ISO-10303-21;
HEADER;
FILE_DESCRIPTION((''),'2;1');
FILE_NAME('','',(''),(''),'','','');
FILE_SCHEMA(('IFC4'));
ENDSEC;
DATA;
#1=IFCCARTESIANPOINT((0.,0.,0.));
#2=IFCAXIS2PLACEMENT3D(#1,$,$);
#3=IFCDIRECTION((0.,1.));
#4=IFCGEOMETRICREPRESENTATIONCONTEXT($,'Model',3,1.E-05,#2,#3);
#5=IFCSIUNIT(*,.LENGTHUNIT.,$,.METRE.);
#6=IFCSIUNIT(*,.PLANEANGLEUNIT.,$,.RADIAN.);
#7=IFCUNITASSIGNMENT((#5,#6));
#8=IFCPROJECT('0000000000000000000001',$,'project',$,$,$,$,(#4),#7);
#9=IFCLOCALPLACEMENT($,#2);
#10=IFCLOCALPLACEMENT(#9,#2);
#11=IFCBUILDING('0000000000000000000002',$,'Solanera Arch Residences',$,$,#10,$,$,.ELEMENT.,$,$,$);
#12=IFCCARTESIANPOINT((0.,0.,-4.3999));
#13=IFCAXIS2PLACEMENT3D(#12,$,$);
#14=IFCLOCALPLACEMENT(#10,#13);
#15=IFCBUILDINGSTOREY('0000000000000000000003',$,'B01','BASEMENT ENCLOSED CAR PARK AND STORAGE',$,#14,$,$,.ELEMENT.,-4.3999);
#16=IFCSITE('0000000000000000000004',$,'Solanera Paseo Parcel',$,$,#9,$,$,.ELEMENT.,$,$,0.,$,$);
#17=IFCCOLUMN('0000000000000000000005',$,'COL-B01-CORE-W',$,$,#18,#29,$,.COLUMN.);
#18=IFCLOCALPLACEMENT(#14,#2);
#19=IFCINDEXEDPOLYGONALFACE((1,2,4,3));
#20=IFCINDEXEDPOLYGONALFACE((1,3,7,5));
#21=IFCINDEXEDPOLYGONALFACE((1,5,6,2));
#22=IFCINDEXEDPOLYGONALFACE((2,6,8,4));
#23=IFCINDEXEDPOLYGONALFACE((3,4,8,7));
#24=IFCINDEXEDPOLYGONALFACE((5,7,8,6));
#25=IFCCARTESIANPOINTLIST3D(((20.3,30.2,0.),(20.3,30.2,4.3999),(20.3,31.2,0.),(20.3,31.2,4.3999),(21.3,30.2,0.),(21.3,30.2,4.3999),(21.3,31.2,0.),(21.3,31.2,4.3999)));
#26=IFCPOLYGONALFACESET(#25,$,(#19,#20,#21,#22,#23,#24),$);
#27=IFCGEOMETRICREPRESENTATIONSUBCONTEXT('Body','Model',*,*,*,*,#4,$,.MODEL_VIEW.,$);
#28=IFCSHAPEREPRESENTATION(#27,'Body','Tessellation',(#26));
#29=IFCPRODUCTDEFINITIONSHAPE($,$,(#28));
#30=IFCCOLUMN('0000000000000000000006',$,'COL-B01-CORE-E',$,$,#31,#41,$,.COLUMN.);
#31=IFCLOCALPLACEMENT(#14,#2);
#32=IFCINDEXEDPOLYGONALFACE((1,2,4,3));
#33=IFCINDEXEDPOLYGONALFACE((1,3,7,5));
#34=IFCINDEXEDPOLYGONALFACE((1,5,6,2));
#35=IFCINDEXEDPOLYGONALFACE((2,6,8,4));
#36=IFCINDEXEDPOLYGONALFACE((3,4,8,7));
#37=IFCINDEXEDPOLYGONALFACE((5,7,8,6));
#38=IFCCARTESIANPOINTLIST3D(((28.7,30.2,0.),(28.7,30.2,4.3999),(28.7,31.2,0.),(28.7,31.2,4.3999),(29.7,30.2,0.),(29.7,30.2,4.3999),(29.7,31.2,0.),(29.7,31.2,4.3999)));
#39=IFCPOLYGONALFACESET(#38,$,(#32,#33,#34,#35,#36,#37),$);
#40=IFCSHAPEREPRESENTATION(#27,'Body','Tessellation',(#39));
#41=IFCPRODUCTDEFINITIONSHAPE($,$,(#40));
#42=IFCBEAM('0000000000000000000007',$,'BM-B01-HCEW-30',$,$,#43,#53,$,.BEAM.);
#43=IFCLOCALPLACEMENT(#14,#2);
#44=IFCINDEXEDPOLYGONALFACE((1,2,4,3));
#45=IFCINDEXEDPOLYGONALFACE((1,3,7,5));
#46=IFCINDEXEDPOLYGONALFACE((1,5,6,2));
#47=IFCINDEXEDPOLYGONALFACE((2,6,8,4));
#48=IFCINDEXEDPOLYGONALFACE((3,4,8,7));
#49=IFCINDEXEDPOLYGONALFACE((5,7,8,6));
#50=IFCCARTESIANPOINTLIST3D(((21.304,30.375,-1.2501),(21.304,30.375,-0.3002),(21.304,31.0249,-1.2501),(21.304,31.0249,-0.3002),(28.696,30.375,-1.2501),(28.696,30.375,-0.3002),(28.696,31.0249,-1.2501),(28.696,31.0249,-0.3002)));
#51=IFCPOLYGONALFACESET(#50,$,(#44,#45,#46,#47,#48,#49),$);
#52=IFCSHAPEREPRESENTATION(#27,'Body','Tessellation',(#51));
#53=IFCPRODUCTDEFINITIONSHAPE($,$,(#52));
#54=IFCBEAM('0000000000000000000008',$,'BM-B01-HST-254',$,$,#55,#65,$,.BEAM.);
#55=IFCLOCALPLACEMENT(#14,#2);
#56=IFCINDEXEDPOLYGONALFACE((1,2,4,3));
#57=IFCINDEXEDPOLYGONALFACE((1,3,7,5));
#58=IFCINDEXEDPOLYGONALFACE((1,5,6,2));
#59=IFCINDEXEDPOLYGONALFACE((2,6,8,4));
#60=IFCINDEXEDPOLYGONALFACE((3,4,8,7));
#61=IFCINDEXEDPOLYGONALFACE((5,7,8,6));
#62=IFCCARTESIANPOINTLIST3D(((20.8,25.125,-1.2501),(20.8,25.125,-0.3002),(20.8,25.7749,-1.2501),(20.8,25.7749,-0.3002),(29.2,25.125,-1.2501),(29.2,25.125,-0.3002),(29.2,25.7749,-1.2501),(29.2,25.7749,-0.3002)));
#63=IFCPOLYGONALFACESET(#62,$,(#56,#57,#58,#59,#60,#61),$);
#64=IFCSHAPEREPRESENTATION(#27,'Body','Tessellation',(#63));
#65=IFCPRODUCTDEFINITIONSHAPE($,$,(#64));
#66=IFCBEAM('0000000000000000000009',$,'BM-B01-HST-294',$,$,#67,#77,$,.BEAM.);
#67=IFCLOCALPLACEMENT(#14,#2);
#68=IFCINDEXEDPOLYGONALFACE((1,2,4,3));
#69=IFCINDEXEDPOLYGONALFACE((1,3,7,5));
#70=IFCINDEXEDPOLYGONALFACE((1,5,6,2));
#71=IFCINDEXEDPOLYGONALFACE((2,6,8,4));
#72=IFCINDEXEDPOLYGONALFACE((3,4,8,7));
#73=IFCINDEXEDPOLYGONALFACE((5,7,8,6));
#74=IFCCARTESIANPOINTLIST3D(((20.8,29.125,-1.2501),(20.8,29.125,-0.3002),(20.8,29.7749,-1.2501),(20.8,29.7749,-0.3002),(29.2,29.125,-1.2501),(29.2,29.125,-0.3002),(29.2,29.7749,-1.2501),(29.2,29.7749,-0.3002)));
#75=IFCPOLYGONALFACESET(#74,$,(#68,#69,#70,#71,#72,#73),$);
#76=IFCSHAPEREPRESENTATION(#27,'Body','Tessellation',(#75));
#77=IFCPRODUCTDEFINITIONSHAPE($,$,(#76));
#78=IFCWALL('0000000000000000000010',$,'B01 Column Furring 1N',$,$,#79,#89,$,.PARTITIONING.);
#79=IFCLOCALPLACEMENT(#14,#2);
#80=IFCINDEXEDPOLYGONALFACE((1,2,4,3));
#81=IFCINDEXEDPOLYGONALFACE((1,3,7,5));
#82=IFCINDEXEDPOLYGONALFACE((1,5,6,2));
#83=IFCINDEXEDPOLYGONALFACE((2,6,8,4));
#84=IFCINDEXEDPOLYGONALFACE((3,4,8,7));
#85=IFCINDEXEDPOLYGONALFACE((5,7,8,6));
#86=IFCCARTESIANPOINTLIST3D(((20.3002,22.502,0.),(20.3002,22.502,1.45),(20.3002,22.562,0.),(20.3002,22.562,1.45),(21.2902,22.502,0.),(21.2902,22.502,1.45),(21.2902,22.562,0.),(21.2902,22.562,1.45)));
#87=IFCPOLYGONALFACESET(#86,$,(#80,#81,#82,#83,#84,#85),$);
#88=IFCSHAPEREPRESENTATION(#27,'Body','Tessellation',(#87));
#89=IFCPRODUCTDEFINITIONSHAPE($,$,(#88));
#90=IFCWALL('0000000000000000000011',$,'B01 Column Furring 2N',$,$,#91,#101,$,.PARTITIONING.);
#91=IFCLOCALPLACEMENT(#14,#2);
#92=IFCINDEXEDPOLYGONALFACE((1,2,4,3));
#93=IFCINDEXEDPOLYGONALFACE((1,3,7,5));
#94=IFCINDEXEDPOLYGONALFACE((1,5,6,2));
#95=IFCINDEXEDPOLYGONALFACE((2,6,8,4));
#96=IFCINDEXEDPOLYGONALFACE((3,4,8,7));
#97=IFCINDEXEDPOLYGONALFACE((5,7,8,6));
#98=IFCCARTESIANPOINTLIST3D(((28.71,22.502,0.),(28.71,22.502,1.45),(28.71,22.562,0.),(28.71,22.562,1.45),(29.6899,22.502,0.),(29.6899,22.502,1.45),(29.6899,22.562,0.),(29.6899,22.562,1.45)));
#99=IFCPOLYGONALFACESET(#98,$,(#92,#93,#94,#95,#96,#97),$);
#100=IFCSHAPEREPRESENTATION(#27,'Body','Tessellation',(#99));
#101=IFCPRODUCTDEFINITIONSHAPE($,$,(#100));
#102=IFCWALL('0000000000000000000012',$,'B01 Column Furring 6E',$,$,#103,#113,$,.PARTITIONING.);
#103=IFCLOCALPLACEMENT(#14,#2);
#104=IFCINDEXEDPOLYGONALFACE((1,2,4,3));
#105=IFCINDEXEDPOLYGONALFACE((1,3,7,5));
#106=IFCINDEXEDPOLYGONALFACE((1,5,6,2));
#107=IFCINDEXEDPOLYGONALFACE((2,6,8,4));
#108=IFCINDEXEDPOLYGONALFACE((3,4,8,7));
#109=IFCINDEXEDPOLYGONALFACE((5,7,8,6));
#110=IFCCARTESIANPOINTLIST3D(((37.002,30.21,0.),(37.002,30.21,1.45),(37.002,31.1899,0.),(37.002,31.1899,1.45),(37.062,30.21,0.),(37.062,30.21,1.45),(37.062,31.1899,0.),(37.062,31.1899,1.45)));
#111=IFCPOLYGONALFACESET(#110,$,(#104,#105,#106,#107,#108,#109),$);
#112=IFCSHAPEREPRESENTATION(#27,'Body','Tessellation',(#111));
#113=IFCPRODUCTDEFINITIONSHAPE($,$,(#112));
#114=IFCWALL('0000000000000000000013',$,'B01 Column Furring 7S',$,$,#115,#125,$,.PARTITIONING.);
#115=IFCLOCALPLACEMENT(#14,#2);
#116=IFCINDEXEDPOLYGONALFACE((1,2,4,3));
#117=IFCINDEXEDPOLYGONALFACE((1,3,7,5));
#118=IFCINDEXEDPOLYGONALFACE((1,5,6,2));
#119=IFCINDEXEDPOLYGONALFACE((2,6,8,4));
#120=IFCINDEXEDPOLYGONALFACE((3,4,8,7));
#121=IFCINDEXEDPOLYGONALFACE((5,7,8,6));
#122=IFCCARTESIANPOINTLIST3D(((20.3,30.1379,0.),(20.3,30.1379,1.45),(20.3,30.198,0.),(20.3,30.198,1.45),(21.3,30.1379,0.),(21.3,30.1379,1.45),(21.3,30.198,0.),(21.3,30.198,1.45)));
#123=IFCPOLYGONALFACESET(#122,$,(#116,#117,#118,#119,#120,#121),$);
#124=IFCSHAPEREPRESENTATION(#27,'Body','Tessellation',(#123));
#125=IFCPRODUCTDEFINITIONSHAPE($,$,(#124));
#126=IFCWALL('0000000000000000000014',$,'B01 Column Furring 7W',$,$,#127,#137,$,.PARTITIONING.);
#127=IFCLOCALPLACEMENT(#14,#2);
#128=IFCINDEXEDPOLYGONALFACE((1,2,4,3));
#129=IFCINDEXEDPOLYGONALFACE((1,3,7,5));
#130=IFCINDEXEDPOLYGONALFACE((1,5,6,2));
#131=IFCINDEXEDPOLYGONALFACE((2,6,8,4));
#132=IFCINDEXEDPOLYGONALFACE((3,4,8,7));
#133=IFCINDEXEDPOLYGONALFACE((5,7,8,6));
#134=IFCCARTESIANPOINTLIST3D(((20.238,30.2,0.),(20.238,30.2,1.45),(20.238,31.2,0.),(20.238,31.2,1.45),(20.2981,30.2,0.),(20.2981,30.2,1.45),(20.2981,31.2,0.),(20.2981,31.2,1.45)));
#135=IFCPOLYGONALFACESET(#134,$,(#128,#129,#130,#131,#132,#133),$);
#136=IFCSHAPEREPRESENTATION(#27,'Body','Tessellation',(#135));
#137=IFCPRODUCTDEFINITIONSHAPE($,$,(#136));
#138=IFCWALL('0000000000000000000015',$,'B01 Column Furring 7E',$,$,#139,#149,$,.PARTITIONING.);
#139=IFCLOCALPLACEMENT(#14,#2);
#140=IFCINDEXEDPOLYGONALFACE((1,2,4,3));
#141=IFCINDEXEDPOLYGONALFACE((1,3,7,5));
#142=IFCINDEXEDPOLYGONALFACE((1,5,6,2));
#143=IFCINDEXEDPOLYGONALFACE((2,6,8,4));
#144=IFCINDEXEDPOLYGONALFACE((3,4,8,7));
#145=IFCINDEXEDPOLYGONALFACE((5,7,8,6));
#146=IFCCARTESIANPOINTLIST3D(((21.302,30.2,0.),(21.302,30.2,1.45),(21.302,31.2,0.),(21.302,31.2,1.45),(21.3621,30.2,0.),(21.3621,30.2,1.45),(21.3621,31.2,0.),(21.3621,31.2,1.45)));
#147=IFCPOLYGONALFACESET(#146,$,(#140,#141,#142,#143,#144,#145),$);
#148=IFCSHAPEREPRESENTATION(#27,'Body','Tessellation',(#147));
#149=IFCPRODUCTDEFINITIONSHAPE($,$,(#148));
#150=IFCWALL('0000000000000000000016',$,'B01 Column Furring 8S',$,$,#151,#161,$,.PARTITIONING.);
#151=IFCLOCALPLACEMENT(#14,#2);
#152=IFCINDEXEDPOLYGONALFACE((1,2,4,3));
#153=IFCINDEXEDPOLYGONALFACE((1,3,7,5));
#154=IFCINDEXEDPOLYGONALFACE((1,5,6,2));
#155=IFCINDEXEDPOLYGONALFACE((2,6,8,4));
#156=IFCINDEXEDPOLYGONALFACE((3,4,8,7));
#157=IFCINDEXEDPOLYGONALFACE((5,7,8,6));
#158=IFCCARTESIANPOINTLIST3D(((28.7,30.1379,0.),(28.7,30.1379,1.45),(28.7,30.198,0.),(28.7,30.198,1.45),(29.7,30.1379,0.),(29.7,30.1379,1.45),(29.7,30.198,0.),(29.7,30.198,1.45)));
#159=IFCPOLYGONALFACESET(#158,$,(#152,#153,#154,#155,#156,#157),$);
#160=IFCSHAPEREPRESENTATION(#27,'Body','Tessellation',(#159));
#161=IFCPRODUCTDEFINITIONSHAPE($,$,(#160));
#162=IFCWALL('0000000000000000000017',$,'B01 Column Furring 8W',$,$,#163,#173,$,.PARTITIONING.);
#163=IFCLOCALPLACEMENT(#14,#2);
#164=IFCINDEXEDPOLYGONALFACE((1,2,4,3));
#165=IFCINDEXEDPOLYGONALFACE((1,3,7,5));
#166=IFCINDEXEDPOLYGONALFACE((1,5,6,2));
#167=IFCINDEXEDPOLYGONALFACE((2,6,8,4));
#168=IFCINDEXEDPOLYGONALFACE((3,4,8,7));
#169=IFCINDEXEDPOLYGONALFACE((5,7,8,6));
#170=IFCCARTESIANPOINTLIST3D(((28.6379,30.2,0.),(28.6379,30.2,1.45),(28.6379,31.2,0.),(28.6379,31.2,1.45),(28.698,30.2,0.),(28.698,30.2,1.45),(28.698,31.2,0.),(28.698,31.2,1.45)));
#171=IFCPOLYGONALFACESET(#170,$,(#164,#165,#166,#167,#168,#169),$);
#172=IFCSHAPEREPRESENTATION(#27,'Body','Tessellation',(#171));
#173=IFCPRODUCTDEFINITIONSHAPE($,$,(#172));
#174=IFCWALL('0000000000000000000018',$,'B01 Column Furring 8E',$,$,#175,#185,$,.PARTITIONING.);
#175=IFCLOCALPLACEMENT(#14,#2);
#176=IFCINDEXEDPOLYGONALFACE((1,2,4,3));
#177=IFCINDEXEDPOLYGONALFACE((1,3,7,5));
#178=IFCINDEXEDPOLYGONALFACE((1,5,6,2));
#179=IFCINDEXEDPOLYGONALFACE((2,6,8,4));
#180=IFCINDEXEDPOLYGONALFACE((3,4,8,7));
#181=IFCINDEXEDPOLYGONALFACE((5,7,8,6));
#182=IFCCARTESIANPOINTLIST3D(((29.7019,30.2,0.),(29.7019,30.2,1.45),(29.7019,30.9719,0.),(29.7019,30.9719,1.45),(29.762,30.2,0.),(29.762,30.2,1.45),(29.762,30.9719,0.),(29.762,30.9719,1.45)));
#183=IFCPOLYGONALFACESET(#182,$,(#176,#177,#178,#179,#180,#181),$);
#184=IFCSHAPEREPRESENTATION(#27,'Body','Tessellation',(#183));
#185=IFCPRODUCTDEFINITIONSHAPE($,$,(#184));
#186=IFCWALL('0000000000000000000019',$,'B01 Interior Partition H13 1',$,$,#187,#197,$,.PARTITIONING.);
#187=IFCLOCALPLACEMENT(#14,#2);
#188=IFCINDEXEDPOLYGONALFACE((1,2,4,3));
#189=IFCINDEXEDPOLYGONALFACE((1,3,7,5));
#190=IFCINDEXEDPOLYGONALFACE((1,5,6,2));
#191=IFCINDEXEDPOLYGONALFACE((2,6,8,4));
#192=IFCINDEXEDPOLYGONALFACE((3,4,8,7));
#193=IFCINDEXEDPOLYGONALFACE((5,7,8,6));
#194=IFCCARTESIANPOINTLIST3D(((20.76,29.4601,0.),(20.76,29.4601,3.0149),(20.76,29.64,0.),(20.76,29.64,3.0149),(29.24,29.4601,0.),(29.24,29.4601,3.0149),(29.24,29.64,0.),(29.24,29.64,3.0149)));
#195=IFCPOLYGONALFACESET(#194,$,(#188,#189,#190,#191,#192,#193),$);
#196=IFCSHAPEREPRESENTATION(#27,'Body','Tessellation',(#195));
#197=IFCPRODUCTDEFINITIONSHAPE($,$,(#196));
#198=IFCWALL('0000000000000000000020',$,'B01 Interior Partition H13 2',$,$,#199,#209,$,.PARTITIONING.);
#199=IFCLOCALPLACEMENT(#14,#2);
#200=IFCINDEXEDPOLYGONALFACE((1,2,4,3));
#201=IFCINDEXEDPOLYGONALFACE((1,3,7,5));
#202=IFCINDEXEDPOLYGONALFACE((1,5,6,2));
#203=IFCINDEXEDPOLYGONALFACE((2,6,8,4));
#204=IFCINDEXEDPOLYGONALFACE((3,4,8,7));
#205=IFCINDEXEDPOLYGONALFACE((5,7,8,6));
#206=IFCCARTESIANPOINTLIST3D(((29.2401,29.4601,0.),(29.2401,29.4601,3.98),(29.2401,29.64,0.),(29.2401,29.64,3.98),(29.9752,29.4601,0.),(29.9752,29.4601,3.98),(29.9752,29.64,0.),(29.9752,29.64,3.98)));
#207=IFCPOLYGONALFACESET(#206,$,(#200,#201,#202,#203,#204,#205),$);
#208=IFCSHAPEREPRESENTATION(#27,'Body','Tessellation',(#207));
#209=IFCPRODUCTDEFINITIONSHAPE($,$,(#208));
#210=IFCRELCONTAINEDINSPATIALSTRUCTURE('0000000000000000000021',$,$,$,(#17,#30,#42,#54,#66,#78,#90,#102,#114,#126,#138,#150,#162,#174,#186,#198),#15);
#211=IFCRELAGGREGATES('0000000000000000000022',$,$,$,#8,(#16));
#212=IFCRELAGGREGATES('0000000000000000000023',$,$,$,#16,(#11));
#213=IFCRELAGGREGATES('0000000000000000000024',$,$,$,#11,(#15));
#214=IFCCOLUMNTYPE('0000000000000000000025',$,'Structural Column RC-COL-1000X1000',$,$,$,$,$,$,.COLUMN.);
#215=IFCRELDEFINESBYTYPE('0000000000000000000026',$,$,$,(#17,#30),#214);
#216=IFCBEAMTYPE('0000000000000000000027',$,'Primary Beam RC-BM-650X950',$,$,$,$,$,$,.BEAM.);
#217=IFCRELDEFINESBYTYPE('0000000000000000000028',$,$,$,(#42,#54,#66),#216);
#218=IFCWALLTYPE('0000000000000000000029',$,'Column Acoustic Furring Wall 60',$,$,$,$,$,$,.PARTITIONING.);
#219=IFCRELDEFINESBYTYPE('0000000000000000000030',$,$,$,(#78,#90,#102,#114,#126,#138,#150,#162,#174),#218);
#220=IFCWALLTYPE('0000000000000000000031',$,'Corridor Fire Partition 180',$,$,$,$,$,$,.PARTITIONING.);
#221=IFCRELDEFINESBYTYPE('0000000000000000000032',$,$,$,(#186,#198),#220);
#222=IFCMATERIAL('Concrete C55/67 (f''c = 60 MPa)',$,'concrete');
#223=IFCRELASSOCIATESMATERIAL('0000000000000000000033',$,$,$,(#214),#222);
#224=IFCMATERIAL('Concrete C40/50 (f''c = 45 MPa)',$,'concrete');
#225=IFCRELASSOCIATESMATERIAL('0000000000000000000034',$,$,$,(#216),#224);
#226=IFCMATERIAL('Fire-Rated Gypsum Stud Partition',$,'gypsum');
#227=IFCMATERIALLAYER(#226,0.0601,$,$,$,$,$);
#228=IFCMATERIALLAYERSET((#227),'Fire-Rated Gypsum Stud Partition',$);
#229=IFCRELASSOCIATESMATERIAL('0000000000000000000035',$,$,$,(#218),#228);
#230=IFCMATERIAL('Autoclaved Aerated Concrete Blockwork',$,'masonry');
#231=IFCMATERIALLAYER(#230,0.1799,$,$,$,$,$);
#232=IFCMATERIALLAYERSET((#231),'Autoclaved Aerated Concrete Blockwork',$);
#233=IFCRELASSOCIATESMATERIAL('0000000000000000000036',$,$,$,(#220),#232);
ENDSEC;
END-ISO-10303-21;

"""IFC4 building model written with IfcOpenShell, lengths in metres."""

from ifc_helpers import new_model, si_unit, direction, frame, frame_2d, origin, origin_2d, place, context, subcontext, project, spatial, rectangle, extrude, material, layer, layer_set, material_profile, profile_set, type_object, element, save


model = new_model("IFC4")

# Units and contexts
model_context = context("Model", 3, precision=1e-05, world=origin(), true_north=direction((0.0, 1.0)))
body_context = subcontext(model_context, "Body", "Model", "MODEL_VIEW")
ifc_project = project(units=[si_unit("LENGTHUNIT", "METRE"), si_unit("PLANEANGLEUNIT", "RADIAN")], contexts=[model_context])

# Site, building, storey
site_placement = place(None, origin())
site = spatial("IfcSite", under=ifc_project, at=site_placement, Name="Solanera Paseo Parcel", CompositionType="ELEMENT", RefElevation=0.0)
building_placement = place(site_placement, origin())
building = spatial("IfcBuilding", under=site, at=building_placement, Name="Solanera Arch Residences", CompositionType="ELEMENT")
storey_placement = place(building_placement, frame((0.0, 0.0, -4.3999)))
storey = spatial("IfcBuildingStorey", under=building, at=storey_placement, Name="B01", Description="BASEMENT ENCLOSED CAR PARK AND STORAGE", CompositionType="ELEMENT", Elevation=-4.3999)

# Columns
ifc_material_1 = material(Name="Concrete C55/67 (f'c = 60 MPa)", Category="concrete")
ifc_material_profile_1 = material_profile(ifc_material_1, rectangle(XDim=1.0, YDim=1.0, at=origin_2d()))
ifc_profile_set_1 = profile_set([ifc_material_profile_1], Name="Concrete C55/67 (f'c = 60 MPa)")
column_type = type_object("IfcColumnType", Name="Structural Column RC-COL-1000X1000", PredefinedType="COLUMN", material=ifc_profile_set_1)
for number, where, z_axis, x_axis, name in (
    (1, (20.8, 30.7, 0.0), (0.0, 0.0, 1.0), (1.0, 0.0, 0.0), "COL-B01-CORE-W"),
    (2, (29.2, 30.7, 0.0), (0.0, 0.0, 1.0), (1.0, 0.0, 0.0), "COL-B01-CORE-E"),
):
    element("IfcColumn", number, at=place(storey_placement, frame(where, z_axis=z_axis, x_axis=x_axis)), inside=storey, type_object=column_type, Name=name, PredefinedType="COLUMN", context=body_context, shape_type="SweptSolid", body=[
        extrude(rectangle(XDim=1.0, YDim=1.0, at=origin_2d()), origin(), (0.0, 0.0, 1.0), 4.3999),
    ])

# Beams
ifc_material_2 = material(Name="Concrete C40/50 (f'c = 45 MPa)", Category="concrete")
ifc_material_profile_2 = material_profile(ifc_material_2, rectangle(XDim=0.6499, YDim=0.95, at=origin_2d()))
ifc_profile_set_2 = profile_set([ifc_material_profile_2], Name="Concrete C40/50 (f'c = 45 MPa)")
beam_type = type_object("IfcBeamType", Name="Primary Beam RC-BM-650X950", PredefinedType="BEAM", material=ifc_profile_set_2)
beam_placement = place(storey_placement, frame((21.304, 30.7, -0.7751), z_axis=(1.0, 0.0, 0.0), x_axis=(0.0, 1.0, 0.0)))
element("IfcBeam", 3, at=beam_placement, inside=storey, type_object=beam_type, Name="BM-B01-HCEW-30", PredefinedType="BEAM", context=body_context, shape_type="SweptSolid", body=[
    extrude(rectangle(XDim=0.6499, YDim=0.95, at=origin_2d()), origin(), (0.0, 0.0, 1.0), 7.3921),
])
for number, where, z_axis, x_axis, name in (
    (4, (20.8, 25.45, -0.7751), (1.0, 0.0, 0.0), (0.0, 1.0, 0.0), "BM-B01-HST-254"),
    (5, (20.8, 29.45, -0.7751), (1.0, 0.0, 0.0), (0.0, 1.0, 0.0), "BM-B01-HST-294"),
):
    element("IfcBeam", number, at=place(storey_placement, frame(where, z_axis=z_axis, x_axis=x_axis)), inside=storey, type_object=beam_type, Name=name, PredefinedType="BEAM", context=body_context, shape_type="SweptSolid", body=[
        extrude(rectangle(XDim=0.6499, YDim=0.95, at=origin_2d()), origin(), (0.0, 0.0, 1.0), 8.3999),
    ])

# Walls
ifc_material_3 = material(Name="Fire-Rated Gypsum Stud Partition", Category="gypsum")
ifc_layer_1 = layer(ifc_material_3, 0.0601)
ifc_layer_set_1 = layer_set([ifc_layer_1], Name="Fire-Rated Gypsum Stud Partition")
wall_type_1 = type_object("IfcWallType", Name="Column Acoustic Furring Wall 60", PredefinedType="PARTITIONING", material=ifc_layer_set_1)
wall_1_placement = place(storey_placement, frame((20.3, 22.532, 0.0), z_axis=(0.0, 0.0, 1.0), x_axis=(1.0, 0.0, 0.0)))
element("IfcWall", 6, at=wall_1_placement, inside=storey, type_object=wall_type_1, Name="B01 Column Furring 1N", PredefinedType="PARTITIONING", context=body_context, shape_type="SweptSolid", body=[
    extrude(rectangle(XDim=0.99, YDim=0.0601, at=frame_2d((0.4951, 0.0))), origin(), (0.0, 0.0, 1.0), 1.45),
])
for number, where, z_axis, x_axis, name in (
    (7, (28.71, 22.532, 0.0), (0.0, 0.0, 1.0), (1.0, 0.0, 0.0), "B01 Column Furring 2N"),
    (8, (37.032, 30.21, 0.0), (0.0, 0.0, 1.0), (0.0, 1.0, 0.0), "B01 Column Furring 6E"),
):
    element("IfcWall", number, at=place(storey_placement, frame(where, z_axis=z_axis, x_axis=x_axis)), inside=storey, type_object=wall_type_1, Name=name, PredefinedType="PARTITIONING", context=body_context, shape_type="SweptSolid", body=[
        extrude(rectangle(XDim=0.98, YDim=0.0601, at=frame_2d((0.49, 0.0))), origin(), (0.0, 0.0, 1.0), 1.45),
    ])
for number, where, z_axis, x_axis, name in (
    (9, (20.3, 30.168, 0.0), (0.0, 0.0, 1.0), (1.0, 0.0, 0.0), "B01 Column Furring 7S"),
    (10, (20.2681, 30.2, 0.0), (0.0, 0.0, 1.0), (0.0, 1.0, 0.0), "B01 Column Furring 7W"),
    (11, (21.332, 30.2, 0.0), (0.0, 0.0, 1.0), (0.0, 1.0, 0.0), "B01 Column Furring 7E"),
    (12, (28.7, 30.168, 0.0), (0.0, 0.0, 1.0), (1.0, 0.0, 0.0), "B01 Column Furring 8S"),
    (13, (28.668, 30.2, 0.0), (0.0, 0.0, 1.0), (0.0, 1.0, 0.0), "B01 Column Furring 8W"),
):
    element("IfcWall", number, at=place(storey_placement, frame(where, z_axis=z_axis, x_axis=x_axis)), inside=storey, type_object=wall_type_1, Name=name, PredefinedType="PARTITIONING", context=body_context, shape_type="SweptSolid", body=[
        extrude(rectangle(XDim=1.0, YDim=0.0601, at=frame_2d((0.5, 0.0))), origin(), (0.0, 0.0, 1.0), 1.45),
    ])
wall_2_placement = place(storey_placement, frame((29.7319, 30.2, 0.0), z_axis=(0.0, 0.0, 1.0), x_axis=(0.0, 1.0, 0.0)))
element("IfcWall", 14, at=wall_2_placement, inside=storey, type_object=wall_type_1, Name="B01 Column Furring 8E", PredefinedType="PARTITIONING", context=body_context, shape_type="SweptSolid", body=[
    extrude(rectangle(XDim=0.772, YDim=0.0601, at=frame_2d((0.386, 0.0))), origin(), (0.0, 0.0, 1.0), 1.45),
])
ifc_material_4 = material(Name="Autoclaved Aerated Concrete Blockwork", Category="masonry")
ifc_layer_2 = layer(ifc_material_4, 0.1799)
ifc_layer_set_2 = layer_set([ifc_layer_2], Name="Autoclaved Aerated Concrete Blockwork")
wall_type_2 = type_object("IfcWallType", Name="Corridor Fire Partition 180", PredefinedType="PARTITIONING", material=ifc_layer_set_2)
wall_3_placement = place(storey_placement, frame((20.76, 29.55, 0.0), z_axis=(0.0, 0.0, 1.0), x_axis=(1.0, 0.0, 0.0)))
element("IfcWall", 15, at=wall_3_placement, inside=storey, type_object=wall_type_2, Name="B01 Interior Partition H13 1", PredefinedType="PARTITIONING", context=body_context, shape_type="SweptSolid", body=[
    extrude(rectangle(XDim=8.48, YDim=0.1799, at=frame_2d((4.24, 0.0))), origin(), (0.0, 0.0, 1.0), 3.0149),
])
wall_4_placement = place(storey_placement, frame((29.24, 29.55, 0.0), z_axis=(0.0, 0.0, 1.0), x_axis=(1.0, 0.0, 0.0)))
element("IfcWall", 16, at=wall_4_placement, inside=storey, type_object=wall_type_2, Name="B01 Interior Partition H13 2", PredefinedType="PARTITIONING", context=body_context, shape_type="SweptSolid", body=[
    extrude(rectangle(XDim=0.7351, YDim=0.1799, at=frame_2d((0.3677, 0.0))), origin(), (0.0, 0.0, 1.0), 3.98),
])

save(model, "model.ifc")
